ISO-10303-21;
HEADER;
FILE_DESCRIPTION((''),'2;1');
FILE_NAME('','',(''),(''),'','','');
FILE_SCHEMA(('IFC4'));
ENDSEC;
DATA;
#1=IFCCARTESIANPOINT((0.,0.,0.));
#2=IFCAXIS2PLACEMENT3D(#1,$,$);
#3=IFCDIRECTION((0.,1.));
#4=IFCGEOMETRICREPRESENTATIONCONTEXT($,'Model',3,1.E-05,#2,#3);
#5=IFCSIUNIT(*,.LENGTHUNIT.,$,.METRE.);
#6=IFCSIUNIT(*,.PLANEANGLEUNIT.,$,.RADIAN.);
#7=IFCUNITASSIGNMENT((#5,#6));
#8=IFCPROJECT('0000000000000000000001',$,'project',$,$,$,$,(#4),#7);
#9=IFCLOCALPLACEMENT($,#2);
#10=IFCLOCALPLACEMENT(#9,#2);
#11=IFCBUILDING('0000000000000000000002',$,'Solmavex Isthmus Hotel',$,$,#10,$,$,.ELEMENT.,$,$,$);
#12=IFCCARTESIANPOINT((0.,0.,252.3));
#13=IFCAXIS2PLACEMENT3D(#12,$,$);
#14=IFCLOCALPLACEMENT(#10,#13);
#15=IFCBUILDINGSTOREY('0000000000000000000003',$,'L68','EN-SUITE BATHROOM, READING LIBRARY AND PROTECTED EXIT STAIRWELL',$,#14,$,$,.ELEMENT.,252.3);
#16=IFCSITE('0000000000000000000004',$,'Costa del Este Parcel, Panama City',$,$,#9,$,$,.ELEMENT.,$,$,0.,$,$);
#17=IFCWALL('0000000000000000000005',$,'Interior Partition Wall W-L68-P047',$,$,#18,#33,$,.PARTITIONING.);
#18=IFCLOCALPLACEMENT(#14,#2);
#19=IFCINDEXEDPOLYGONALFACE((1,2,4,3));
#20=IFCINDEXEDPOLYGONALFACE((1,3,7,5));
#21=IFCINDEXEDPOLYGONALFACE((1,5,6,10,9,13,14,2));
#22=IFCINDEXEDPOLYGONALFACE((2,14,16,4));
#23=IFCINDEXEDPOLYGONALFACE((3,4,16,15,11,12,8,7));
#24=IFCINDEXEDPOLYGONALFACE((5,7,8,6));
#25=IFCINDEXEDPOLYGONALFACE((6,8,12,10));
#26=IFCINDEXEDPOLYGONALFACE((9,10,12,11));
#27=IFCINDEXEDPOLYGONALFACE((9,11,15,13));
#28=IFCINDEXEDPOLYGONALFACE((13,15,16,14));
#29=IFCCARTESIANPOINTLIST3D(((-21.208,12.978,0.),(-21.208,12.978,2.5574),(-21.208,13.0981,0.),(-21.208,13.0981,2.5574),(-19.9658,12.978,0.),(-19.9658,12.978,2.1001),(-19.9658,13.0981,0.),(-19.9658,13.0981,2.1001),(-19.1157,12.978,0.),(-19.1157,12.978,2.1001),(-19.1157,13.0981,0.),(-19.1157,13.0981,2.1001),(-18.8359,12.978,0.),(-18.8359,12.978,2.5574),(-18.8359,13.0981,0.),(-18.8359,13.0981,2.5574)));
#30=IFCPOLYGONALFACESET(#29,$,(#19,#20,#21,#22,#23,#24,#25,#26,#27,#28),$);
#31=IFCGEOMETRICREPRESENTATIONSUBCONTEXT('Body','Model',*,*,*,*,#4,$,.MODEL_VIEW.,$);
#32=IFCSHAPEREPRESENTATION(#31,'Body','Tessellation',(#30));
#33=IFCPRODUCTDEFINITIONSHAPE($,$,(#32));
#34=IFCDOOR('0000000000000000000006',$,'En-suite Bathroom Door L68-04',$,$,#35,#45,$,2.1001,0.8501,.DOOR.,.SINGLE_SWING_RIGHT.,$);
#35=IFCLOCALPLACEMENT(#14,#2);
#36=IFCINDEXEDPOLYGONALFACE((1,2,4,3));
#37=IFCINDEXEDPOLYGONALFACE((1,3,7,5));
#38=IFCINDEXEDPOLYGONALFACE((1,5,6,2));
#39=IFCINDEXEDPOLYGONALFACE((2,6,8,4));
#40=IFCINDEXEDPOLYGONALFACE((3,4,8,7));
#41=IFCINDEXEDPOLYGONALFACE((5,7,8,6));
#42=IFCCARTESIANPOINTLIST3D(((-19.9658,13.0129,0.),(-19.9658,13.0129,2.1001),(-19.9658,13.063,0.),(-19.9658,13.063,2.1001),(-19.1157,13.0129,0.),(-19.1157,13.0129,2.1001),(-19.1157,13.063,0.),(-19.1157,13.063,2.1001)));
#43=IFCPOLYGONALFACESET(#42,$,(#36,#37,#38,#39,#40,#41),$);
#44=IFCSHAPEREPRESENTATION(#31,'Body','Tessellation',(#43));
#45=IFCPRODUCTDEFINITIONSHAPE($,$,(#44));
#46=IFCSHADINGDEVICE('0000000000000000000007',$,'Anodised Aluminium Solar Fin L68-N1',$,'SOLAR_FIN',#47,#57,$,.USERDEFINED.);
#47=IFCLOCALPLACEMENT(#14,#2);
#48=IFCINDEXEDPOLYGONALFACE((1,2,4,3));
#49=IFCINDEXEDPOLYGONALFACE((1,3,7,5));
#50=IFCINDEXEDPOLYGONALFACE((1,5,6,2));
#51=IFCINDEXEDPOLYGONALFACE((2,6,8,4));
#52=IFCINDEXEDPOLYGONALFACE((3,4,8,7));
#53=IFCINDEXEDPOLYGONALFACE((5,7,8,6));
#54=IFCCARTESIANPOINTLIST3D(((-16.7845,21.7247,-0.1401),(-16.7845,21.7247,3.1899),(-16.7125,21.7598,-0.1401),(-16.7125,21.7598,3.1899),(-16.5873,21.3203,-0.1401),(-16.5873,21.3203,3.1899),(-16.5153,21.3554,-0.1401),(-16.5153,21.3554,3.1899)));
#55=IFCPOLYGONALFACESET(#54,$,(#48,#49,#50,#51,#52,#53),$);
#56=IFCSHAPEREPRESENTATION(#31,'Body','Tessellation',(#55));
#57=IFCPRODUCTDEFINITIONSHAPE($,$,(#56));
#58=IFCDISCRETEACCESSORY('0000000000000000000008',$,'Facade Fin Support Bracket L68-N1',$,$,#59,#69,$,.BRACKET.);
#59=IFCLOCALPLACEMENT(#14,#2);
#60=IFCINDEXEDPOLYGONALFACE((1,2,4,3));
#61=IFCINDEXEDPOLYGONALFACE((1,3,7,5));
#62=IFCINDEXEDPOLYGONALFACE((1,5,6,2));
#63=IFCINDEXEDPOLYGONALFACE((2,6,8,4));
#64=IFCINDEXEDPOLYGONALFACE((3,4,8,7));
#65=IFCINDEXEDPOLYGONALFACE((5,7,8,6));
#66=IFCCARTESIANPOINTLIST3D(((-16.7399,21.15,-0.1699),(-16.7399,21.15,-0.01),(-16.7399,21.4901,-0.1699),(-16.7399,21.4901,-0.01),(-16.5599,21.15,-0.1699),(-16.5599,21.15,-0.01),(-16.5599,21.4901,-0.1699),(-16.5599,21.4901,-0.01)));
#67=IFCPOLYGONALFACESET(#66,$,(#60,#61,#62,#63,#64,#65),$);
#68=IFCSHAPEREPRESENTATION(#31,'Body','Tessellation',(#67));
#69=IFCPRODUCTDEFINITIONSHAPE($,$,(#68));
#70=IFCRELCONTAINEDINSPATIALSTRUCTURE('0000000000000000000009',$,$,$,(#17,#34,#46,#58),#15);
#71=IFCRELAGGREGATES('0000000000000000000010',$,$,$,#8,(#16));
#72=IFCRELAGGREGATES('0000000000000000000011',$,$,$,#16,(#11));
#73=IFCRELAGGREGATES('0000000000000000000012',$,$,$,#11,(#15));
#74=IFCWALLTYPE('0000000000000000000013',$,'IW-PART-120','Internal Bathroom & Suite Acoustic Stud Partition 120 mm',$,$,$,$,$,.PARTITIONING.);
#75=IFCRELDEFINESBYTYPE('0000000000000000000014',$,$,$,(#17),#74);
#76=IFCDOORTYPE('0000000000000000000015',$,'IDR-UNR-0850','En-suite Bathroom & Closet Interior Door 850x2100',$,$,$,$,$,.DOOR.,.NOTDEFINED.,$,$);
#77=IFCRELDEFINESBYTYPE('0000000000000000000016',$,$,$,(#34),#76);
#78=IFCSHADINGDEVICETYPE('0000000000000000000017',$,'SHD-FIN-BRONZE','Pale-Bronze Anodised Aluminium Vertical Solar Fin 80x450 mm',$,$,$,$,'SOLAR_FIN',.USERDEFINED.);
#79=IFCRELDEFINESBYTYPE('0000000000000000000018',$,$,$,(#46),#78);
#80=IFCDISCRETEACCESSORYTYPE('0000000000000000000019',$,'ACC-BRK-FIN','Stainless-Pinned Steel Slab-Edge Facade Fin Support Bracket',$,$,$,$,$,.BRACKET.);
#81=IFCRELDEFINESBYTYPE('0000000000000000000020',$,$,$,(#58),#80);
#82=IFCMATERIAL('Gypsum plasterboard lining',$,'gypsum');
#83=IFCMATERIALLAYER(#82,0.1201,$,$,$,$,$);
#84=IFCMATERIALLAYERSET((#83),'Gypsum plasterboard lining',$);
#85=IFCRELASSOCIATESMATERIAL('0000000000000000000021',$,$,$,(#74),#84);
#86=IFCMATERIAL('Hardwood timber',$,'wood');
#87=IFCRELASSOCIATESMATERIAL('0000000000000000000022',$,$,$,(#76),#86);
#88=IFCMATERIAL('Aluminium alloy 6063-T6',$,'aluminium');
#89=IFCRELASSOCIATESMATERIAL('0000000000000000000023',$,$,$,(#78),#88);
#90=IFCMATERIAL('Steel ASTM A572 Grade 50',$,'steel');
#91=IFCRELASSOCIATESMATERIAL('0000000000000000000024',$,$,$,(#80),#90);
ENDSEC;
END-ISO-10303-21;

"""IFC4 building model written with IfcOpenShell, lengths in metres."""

from ifc_helpers import new_model, si_unit, direction, frame, frame_2d, origin, origin_2d, place, context, subcontext, project, spatial, rectangle, extrude, material, layer, layer_set, type_object, element, fill, save


model = new_model("IFC4")

# Units and contexts
model_context = context("Model", 3, precision=1e-05, world=origin(), true_north=direction((0.0, 1.0)))
body_context = subcontext(model_context, "Body", "Model", "MODEL_VIEW")
ifc_project = project(units=[si_unit("LENGTHUNIT", "METRE"), si_unit("PLANEANGLEUNIT", "RADIAN")], contexts=[model_context])

# Site, building, storey
site_placement = place(None, origin())
site = spatial("IfcSite", under=ifc_project, at=site_placement, Name="Costa del Este Parcel, Panama City", CompositionType="ELEMENT", RefElevation=0.0)
building_placement = place(site_placement, origin())
building = spatial("IfcBuilding", under=site, at=building_placement, Name="Solmavex Isthmus Hotel", CompositionType="ELEMENT")
storey_placement = place(building_placement, frame((0.0, 0.0, 252.3)))
storey = spatial("IfcBuildingStorey", under=building, at=storey_placement, Name="L68", Description="EN-SUITE BATHROOM, READING LIBRARY AND PROTECTED EXIT STAIRWELL", CompositionType="ELEMENT", Elevation=252.3)

# Shared definitions
ifc_material_1 = material(Name="Aluminium alloy 6063-T6", Category="aluminium")

# Shared definitions
ifc_material_2 = material(Name="Gypsum plasterboard lining", Category="gypsum")
ifc_material_3 = material(Name="Hardwood timber", Category="wood")

# Shared definitions
ifc_layer_1 = layer(ifc_material_2, 0.1201)
ifc_layer_set_1 = layer_set([ifc_layer_1], Name="Gypsum plasterboard lining")
wall_type_1 = type_object("IfcWallType", Name="IW-PART-120", Description="Internal Bathroom & Suite Acoustic Stud Partition 120 mm", PredefinedType="PARTITIONING", material=ifc_layer_set_1)

# Wall, opening, door
wall_1_placement = place(storey_placement, frame((-18.8359, 13.0381, 0.0), z_axis=(0.0, 0.0, 1.0), x_axis=(-1.0, 0.0, 0.0)))
wall_1 = element("IfcWall", 1, at=wall_1_placement, inside=storey, type_object=wall_type_1, Name="Interior Partition Wall W-L68-P047", PredefinedType="PARTITIONING", context=body_context, shape_type="SweptSolid", body=[
    extrude(rectangle(XDim=2.3721, YDim=0.1201, at=frame_2d((1.186, 0.0))), origin(), (0.0, 0.0, 1.0), 2.5574),
])
opening_1_placement = place(wall_1_placement, frame((0.2798, 0.0, 0.0)))
opening_1 = element("IfcOpeningElement", 2, at=opening_1_placement, cuts=wall_1, PredefinedType="OPENING", context=body_context, shape_type="SweptSolid", body=[
    extrude(rectangle(XDim=0.8501, YDim=2.1001, at=frame_2d((0.425, 1.05))), frame((0.0, 0.0701, 0.0), z_axis=(0.0, -1.0, 0.0), x_axis=(1.0, 0.0, 0.0)), (0.0, 0.0, 1.0), 0.1401),
])
door_type_1 = type_object("IfcDoorType", Name="IDR-UNR-0850", Description="En-suite Bathroom & Closet Interior Door 850x2100", OperationType="NOTDEFINED", PredefinedType="DOOR", material=ifc_material_3)
door_1_placement = place(opening_1_placement, frame((0.8501, 0.0, 0.0), z_axis=(0.0, 0.0, 1.0), x_axis=(-1.0, 0.0, 0.0)))
door_1 = element("IfcDoor", 3, at=door_1_placement, inside=storey, type_object=door_type_1, Name="En-suite Bathroom Door L68-04", OperationType="SINGLE_SWING_RIGHT", OverallHeight=2.1001, OverallWidth=0.8501, PredefinedType="DOOR", context=body_context, shape_type="SweptSolid", body=[
    extrude(rectangle(XDim=0.8501, YDim=2.1001, at=frame_2d((0.425, 1.05))), frame((0.0, 0.0249, 0.0), z_axis=(0.0, -1.0, 0.0), x_axis=(1.0, 0.0, 0.0)), (0.0, 0.0, 1.0), 0.05),
])
fill(opening_1, door_1)

# Shading device
shading_device_type = type_object("IfcShadingDeviceType", Name="SHD-FIN-BRONZE", Description="Pale-Bronze Anodised Aluminium Vertical Solar Fin 80x450 mm", ElementType="SOLAR_FIN", PredefinedType="USERDEFINED", material=ifc_material_1)
shading_device_placement = place(storey_placement, frame((-16.6499, 21.54, -0.1401), z_axis=(0.0, 0.0, 1.0), x_axis=(-0.438371, 0.898794, 0.0)))
element("IfcShadingDevice", 4, at=shading_device_placement, inside=storey, type_object=shading_device_type, Name="Anodised Aluminium Solar Fin L68-N1", ObjectType="SOLAR_FIN", PredefinedType="USERDEFINED", context=body_context, shape_type="SweptSolid", body=[
    extrude(rectangle(XDim=0.45, YDim=0.0801, at=origin_2d()), origin(), (0.0, 0.0, 1.0), 3.3301),
])

# Discrete accessory
ifc_material_4 = material(Name="Steel ASTM A572 Grade 50", Category="steel")
discrete_accessory_type = type_object("IfcDiscreteAccessoryType", Name="ACC-BRK-FIN", Description="Stainless-Pinned Steel Slab-Edge Facade Fin Support Bracket", PredefinedType="BRACKET", material=ifc_material_4)
discrete_accessory_placement = place(storey_placement, frame((-16.6499, 21.3201, -0.1699), z_axis=(0.0, 0.0, 1.0), x_axis=(0.0, 1.0, 0.0)))
element("IfcDiscreteAccessory", 5, at=discrete_accessory_placement, inside=storey, type_object=discrete_accessory_type, Name="Facade Fin Support Bracket L68-N1", PredefinedType="BRACKET", context=body_context, shape_type="SweptSolid", body=[
    extrude(rectangle(XDim=0.3401, YDim=0.1799, at=origin_2d()), origin(), (0.0, 0.0, 1.0), 0.1599),
])

save(model, "model.ifc")
